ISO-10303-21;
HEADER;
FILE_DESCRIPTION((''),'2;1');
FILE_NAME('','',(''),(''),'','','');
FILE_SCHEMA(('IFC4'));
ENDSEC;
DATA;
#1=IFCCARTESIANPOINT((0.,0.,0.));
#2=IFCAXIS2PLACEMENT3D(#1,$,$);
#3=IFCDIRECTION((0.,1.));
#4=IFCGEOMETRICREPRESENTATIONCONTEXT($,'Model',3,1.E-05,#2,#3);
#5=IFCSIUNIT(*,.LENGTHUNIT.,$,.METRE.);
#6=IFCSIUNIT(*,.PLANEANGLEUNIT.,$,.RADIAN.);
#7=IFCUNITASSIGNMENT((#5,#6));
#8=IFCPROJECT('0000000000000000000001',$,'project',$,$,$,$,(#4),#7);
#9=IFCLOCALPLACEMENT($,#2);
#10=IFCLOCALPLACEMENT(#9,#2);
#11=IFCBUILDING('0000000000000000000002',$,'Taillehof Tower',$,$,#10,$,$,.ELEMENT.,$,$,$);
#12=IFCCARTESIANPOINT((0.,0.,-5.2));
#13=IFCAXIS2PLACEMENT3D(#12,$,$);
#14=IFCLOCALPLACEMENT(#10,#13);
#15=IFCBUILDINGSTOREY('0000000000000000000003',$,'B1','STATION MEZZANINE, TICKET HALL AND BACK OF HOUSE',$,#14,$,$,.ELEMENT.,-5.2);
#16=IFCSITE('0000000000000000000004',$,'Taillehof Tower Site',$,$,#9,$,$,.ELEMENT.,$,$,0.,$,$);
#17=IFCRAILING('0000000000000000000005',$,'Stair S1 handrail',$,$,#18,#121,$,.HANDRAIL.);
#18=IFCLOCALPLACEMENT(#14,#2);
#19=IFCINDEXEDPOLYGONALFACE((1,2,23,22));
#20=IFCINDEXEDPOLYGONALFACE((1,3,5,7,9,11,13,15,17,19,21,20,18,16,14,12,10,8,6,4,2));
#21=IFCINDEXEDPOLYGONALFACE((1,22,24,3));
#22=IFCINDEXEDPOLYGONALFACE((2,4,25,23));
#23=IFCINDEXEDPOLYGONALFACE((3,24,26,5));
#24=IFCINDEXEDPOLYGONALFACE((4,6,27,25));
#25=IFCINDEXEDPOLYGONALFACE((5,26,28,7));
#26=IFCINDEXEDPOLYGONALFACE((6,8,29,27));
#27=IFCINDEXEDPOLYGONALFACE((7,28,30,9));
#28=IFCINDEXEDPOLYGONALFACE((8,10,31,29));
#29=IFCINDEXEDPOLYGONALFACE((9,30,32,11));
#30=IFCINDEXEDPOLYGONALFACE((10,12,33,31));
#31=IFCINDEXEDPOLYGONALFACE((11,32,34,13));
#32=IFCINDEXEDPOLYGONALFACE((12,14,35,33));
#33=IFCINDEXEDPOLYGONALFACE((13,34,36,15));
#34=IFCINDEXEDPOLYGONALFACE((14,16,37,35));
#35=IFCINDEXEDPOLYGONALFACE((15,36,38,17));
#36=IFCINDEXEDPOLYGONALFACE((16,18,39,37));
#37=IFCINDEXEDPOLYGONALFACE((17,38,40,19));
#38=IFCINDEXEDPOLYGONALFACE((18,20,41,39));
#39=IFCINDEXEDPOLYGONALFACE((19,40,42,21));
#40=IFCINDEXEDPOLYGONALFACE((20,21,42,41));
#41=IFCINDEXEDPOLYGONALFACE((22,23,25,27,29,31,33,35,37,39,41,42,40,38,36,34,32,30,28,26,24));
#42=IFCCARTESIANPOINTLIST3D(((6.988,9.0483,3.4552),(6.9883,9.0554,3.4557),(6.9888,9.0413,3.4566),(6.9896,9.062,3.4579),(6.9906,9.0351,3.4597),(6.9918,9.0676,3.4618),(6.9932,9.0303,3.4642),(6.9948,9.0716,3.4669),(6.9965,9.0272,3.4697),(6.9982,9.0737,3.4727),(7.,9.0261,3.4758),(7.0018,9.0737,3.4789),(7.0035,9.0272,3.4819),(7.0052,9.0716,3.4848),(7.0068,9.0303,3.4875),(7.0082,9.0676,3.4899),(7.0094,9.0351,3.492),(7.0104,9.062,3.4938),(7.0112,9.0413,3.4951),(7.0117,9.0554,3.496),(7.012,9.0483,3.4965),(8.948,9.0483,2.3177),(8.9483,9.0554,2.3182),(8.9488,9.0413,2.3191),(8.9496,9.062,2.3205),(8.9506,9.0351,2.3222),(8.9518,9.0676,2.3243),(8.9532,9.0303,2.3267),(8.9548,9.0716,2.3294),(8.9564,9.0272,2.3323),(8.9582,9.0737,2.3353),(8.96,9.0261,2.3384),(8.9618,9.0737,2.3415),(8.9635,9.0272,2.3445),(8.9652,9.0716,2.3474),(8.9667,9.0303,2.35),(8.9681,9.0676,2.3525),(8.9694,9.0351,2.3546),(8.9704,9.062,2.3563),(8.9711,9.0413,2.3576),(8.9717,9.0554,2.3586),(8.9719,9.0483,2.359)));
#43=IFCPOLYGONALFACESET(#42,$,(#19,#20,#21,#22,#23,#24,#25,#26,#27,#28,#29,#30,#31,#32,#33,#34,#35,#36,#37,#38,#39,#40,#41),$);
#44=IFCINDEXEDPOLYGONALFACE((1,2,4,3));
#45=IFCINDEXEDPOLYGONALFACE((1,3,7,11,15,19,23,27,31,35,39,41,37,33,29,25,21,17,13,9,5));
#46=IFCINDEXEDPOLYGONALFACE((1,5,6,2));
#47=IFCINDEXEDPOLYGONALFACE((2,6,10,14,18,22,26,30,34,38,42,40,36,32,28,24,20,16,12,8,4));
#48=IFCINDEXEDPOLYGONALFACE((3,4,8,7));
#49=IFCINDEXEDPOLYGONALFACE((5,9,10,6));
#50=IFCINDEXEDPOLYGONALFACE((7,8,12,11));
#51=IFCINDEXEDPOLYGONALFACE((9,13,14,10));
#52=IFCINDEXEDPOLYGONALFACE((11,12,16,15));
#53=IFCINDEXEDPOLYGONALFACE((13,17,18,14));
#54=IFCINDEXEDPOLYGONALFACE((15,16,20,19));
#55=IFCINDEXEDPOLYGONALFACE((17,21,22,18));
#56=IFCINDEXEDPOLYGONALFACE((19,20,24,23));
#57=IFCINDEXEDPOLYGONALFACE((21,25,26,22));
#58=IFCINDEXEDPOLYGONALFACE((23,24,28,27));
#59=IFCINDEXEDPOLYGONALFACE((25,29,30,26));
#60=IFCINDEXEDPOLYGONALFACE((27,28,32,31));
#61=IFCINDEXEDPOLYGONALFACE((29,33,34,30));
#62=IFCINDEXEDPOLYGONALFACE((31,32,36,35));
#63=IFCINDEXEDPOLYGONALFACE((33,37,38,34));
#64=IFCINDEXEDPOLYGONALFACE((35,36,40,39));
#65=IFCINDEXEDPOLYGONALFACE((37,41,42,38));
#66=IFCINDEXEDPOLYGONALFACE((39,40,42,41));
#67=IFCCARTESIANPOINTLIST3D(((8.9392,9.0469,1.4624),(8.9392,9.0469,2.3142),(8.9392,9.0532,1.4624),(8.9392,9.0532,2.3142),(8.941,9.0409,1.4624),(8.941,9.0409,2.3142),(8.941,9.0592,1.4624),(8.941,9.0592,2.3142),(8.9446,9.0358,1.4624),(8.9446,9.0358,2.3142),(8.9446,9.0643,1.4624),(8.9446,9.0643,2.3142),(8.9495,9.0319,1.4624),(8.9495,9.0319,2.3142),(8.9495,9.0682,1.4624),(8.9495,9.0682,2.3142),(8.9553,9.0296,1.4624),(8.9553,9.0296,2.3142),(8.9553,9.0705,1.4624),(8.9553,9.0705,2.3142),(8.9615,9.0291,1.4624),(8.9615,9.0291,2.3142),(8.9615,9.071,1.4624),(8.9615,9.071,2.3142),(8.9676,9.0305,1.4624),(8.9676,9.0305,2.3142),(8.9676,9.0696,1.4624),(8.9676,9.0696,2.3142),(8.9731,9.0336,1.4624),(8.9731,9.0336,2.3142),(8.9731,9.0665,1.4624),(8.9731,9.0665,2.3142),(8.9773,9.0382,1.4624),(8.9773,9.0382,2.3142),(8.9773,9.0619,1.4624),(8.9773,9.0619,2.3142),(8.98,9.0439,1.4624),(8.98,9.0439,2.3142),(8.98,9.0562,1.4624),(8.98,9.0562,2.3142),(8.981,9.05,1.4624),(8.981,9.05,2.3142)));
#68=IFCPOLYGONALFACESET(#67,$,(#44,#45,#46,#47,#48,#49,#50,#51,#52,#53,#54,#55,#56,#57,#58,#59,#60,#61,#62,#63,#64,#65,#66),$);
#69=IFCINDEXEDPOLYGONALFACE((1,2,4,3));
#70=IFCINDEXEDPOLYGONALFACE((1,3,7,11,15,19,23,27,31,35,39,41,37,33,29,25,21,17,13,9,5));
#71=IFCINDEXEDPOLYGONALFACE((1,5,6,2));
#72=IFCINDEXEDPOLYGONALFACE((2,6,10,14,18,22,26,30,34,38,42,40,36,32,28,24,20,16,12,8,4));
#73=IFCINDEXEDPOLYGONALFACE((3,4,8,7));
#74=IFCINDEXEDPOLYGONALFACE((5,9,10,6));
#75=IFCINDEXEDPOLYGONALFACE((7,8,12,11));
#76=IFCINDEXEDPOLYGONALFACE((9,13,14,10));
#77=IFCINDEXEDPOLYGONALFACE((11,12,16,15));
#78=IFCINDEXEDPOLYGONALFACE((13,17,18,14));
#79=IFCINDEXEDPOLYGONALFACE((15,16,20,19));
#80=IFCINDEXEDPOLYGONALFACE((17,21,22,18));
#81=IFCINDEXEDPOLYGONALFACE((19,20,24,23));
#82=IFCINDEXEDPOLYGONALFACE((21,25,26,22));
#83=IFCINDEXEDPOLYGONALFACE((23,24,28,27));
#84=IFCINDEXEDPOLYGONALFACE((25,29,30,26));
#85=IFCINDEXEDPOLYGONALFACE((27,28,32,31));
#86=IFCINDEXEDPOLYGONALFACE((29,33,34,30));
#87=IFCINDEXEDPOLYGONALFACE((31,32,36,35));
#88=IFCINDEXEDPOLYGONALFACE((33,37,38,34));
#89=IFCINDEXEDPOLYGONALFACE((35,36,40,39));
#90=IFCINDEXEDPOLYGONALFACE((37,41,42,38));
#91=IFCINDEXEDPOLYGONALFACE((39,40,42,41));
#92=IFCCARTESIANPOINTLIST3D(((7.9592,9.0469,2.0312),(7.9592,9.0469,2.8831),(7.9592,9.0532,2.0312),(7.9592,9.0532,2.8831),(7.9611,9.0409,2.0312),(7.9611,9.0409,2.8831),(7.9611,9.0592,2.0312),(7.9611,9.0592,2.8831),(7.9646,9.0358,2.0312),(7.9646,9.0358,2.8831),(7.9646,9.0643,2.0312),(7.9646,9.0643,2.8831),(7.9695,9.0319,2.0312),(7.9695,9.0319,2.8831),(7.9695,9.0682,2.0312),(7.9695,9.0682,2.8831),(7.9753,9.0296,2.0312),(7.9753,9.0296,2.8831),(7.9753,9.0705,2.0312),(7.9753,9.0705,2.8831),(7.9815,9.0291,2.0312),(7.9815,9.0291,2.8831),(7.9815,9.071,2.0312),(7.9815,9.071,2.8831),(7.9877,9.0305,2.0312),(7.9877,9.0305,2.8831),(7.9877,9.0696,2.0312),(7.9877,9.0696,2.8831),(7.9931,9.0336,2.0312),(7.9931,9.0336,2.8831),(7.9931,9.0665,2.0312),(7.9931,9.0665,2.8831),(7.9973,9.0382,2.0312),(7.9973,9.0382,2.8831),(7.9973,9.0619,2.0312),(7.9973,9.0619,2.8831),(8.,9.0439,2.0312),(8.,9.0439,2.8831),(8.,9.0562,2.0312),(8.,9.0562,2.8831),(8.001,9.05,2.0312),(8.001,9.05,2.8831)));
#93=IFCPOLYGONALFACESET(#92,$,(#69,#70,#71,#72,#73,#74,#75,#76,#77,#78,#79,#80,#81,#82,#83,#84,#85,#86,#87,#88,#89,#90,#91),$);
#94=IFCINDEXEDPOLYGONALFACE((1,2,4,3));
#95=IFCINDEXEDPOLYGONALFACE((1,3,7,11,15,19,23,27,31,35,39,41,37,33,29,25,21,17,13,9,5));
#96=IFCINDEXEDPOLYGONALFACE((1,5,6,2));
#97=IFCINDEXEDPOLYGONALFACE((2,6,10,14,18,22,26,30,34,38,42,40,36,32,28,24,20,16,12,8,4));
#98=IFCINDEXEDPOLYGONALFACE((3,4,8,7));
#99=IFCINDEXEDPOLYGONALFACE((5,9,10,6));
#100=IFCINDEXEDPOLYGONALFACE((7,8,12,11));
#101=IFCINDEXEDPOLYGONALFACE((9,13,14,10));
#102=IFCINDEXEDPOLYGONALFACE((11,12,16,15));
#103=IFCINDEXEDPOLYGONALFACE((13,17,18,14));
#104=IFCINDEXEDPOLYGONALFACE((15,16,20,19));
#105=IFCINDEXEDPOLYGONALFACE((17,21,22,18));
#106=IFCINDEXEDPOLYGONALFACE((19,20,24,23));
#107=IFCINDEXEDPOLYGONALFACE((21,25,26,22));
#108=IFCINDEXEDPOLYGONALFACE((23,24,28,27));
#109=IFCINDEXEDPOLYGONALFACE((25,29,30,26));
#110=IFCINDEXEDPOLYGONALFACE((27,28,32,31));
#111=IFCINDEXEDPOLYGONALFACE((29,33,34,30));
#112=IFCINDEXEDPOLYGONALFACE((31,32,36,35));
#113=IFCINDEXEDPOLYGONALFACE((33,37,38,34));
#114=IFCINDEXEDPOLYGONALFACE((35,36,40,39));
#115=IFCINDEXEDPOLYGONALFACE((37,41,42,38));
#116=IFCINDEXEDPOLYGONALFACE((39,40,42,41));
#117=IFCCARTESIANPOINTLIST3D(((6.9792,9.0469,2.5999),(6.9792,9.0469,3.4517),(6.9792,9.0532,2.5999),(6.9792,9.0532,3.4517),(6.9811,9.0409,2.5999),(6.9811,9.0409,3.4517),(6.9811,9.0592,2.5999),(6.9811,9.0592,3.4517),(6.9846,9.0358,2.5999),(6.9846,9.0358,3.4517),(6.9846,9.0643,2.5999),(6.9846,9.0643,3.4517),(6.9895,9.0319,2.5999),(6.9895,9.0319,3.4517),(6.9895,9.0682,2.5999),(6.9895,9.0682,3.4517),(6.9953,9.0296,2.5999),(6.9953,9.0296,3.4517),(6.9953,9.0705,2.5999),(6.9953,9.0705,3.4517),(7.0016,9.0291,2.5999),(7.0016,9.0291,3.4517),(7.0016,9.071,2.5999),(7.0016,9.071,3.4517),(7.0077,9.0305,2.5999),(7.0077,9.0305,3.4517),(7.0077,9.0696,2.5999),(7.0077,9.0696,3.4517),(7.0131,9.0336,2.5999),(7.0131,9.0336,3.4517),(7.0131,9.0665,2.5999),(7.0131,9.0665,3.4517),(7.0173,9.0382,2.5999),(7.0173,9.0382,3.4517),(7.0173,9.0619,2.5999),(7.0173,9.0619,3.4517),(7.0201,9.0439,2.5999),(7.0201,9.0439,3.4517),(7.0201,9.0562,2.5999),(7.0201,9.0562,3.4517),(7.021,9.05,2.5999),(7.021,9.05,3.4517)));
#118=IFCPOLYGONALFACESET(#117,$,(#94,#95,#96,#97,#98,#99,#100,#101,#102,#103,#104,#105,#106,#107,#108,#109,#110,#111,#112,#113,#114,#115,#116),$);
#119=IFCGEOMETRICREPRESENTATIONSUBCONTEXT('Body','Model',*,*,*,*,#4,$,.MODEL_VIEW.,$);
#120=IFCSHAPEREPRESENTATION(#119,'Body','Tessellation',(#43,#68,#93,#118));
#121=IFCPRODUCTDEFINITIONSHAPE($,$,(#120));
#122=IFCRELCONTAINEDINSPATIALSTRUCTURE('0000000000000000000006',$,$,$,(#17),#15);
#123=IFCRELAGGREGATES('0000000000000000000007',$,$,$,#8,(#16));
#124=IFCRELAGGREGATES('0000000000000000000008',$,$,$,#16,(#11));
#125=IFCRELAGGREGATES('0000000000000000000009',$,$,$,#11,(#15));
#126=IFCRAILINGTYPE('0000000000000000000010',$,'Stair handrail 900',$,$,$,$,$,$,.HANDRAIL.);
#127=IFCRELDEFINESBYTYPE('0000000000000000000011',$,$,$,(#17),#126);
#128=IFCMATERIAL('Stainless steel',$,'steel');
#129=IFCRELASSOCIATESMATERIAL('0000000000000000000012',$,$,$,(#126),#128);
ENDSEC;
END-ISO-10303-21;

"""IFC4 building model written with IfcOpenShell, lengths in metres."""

from ifc_helpers import new_model, si_unit, direction, frame, origin, origin_2d, place, context, subcontext, project, spatial, circle, extrude, material, type_object, element, save


model = new_model("IFC4")

# Units and contexts
model_context = context("Model", 3, precision=1e-05, world=origin(), true_north=direction((0.0, 1.0)))
body_context = subcontext(model_context, "Body", "Model", "MODEL_VIEW")
ifc_project = project(units=[si_unit("LENGTHUNIT", "METRE"), si_unit("PLANEANGLEUNIT", "RADIAN")], contexts=[model_context])

# Site, building, storey
site_placement = place(None, origin())
site = spatial("IfcSite", under=ifc_project, at=site_placement, Name="Taillehof Tower Site", CompositionType="ELEMENT", RefElevation=0.0)
building_placement = place(site_placement, origin())
building = spatial("IfcBuilding", under=site, at=building_placement, Name="Taillehof Tower", CompositionType="ELEMENT")
storey_placement = place(building_placement, frame((0.0, 0.0, -5.2)))
storey = spatial("IfcBuildingStorey", under=building, at=storey_placement, Name="B1", Description="STATION MEZZANINE, TICKET HALL AND BACK OF HOUSE", CompositionType="ELEMENT", Elevation=-5.2)

# Railing
ifc_material_1 = material(Name="Stainless steel", Category="steel")
railing_type = type_object("IfcRailingType", Name="Stair handrail 900", PredefinedType="HANDRAIL", material=ifc_material_1)
railing_1_placement = place(storey_placement, frame((8.96, 9.05, 1.4624)))
element("IfcRailing", 1, at=railing_1_placement, inside=storey, type_object=railing_type, Name="Stair S1 handrail", PredefinedType="HANDRAIL", context=body_context, shape_type="SweptSolid", body=[
    extrude(circle(Radius=0.0239, at=origin_2d()), frame((0.0, 0.0, 0.876), z_axis=(-0.864902, 0.0, 0.501941), x_axis=(0.0, -1.0, 0.0)), (0.0, 0.0, 1.0), 2.2661),
    extrude(circle(Radius=0.021, at=origin_2d()), origin(), (0.0, 0.0, 1.0), 0.8518),
    extrude(circle(Radius=0.021, at=origin_2d()), frame((-0.98, 0.0, 0.5688)), (0.0, 0.0, 1.0), 0.8518),
    extrude(circle(Radius=0.021, at=origin_2d()), frame((-1.96, 0.0, 1.1375)), (0.0, 0.0, 1.0), 0.8518),
])

save(model, "model.ifc")
